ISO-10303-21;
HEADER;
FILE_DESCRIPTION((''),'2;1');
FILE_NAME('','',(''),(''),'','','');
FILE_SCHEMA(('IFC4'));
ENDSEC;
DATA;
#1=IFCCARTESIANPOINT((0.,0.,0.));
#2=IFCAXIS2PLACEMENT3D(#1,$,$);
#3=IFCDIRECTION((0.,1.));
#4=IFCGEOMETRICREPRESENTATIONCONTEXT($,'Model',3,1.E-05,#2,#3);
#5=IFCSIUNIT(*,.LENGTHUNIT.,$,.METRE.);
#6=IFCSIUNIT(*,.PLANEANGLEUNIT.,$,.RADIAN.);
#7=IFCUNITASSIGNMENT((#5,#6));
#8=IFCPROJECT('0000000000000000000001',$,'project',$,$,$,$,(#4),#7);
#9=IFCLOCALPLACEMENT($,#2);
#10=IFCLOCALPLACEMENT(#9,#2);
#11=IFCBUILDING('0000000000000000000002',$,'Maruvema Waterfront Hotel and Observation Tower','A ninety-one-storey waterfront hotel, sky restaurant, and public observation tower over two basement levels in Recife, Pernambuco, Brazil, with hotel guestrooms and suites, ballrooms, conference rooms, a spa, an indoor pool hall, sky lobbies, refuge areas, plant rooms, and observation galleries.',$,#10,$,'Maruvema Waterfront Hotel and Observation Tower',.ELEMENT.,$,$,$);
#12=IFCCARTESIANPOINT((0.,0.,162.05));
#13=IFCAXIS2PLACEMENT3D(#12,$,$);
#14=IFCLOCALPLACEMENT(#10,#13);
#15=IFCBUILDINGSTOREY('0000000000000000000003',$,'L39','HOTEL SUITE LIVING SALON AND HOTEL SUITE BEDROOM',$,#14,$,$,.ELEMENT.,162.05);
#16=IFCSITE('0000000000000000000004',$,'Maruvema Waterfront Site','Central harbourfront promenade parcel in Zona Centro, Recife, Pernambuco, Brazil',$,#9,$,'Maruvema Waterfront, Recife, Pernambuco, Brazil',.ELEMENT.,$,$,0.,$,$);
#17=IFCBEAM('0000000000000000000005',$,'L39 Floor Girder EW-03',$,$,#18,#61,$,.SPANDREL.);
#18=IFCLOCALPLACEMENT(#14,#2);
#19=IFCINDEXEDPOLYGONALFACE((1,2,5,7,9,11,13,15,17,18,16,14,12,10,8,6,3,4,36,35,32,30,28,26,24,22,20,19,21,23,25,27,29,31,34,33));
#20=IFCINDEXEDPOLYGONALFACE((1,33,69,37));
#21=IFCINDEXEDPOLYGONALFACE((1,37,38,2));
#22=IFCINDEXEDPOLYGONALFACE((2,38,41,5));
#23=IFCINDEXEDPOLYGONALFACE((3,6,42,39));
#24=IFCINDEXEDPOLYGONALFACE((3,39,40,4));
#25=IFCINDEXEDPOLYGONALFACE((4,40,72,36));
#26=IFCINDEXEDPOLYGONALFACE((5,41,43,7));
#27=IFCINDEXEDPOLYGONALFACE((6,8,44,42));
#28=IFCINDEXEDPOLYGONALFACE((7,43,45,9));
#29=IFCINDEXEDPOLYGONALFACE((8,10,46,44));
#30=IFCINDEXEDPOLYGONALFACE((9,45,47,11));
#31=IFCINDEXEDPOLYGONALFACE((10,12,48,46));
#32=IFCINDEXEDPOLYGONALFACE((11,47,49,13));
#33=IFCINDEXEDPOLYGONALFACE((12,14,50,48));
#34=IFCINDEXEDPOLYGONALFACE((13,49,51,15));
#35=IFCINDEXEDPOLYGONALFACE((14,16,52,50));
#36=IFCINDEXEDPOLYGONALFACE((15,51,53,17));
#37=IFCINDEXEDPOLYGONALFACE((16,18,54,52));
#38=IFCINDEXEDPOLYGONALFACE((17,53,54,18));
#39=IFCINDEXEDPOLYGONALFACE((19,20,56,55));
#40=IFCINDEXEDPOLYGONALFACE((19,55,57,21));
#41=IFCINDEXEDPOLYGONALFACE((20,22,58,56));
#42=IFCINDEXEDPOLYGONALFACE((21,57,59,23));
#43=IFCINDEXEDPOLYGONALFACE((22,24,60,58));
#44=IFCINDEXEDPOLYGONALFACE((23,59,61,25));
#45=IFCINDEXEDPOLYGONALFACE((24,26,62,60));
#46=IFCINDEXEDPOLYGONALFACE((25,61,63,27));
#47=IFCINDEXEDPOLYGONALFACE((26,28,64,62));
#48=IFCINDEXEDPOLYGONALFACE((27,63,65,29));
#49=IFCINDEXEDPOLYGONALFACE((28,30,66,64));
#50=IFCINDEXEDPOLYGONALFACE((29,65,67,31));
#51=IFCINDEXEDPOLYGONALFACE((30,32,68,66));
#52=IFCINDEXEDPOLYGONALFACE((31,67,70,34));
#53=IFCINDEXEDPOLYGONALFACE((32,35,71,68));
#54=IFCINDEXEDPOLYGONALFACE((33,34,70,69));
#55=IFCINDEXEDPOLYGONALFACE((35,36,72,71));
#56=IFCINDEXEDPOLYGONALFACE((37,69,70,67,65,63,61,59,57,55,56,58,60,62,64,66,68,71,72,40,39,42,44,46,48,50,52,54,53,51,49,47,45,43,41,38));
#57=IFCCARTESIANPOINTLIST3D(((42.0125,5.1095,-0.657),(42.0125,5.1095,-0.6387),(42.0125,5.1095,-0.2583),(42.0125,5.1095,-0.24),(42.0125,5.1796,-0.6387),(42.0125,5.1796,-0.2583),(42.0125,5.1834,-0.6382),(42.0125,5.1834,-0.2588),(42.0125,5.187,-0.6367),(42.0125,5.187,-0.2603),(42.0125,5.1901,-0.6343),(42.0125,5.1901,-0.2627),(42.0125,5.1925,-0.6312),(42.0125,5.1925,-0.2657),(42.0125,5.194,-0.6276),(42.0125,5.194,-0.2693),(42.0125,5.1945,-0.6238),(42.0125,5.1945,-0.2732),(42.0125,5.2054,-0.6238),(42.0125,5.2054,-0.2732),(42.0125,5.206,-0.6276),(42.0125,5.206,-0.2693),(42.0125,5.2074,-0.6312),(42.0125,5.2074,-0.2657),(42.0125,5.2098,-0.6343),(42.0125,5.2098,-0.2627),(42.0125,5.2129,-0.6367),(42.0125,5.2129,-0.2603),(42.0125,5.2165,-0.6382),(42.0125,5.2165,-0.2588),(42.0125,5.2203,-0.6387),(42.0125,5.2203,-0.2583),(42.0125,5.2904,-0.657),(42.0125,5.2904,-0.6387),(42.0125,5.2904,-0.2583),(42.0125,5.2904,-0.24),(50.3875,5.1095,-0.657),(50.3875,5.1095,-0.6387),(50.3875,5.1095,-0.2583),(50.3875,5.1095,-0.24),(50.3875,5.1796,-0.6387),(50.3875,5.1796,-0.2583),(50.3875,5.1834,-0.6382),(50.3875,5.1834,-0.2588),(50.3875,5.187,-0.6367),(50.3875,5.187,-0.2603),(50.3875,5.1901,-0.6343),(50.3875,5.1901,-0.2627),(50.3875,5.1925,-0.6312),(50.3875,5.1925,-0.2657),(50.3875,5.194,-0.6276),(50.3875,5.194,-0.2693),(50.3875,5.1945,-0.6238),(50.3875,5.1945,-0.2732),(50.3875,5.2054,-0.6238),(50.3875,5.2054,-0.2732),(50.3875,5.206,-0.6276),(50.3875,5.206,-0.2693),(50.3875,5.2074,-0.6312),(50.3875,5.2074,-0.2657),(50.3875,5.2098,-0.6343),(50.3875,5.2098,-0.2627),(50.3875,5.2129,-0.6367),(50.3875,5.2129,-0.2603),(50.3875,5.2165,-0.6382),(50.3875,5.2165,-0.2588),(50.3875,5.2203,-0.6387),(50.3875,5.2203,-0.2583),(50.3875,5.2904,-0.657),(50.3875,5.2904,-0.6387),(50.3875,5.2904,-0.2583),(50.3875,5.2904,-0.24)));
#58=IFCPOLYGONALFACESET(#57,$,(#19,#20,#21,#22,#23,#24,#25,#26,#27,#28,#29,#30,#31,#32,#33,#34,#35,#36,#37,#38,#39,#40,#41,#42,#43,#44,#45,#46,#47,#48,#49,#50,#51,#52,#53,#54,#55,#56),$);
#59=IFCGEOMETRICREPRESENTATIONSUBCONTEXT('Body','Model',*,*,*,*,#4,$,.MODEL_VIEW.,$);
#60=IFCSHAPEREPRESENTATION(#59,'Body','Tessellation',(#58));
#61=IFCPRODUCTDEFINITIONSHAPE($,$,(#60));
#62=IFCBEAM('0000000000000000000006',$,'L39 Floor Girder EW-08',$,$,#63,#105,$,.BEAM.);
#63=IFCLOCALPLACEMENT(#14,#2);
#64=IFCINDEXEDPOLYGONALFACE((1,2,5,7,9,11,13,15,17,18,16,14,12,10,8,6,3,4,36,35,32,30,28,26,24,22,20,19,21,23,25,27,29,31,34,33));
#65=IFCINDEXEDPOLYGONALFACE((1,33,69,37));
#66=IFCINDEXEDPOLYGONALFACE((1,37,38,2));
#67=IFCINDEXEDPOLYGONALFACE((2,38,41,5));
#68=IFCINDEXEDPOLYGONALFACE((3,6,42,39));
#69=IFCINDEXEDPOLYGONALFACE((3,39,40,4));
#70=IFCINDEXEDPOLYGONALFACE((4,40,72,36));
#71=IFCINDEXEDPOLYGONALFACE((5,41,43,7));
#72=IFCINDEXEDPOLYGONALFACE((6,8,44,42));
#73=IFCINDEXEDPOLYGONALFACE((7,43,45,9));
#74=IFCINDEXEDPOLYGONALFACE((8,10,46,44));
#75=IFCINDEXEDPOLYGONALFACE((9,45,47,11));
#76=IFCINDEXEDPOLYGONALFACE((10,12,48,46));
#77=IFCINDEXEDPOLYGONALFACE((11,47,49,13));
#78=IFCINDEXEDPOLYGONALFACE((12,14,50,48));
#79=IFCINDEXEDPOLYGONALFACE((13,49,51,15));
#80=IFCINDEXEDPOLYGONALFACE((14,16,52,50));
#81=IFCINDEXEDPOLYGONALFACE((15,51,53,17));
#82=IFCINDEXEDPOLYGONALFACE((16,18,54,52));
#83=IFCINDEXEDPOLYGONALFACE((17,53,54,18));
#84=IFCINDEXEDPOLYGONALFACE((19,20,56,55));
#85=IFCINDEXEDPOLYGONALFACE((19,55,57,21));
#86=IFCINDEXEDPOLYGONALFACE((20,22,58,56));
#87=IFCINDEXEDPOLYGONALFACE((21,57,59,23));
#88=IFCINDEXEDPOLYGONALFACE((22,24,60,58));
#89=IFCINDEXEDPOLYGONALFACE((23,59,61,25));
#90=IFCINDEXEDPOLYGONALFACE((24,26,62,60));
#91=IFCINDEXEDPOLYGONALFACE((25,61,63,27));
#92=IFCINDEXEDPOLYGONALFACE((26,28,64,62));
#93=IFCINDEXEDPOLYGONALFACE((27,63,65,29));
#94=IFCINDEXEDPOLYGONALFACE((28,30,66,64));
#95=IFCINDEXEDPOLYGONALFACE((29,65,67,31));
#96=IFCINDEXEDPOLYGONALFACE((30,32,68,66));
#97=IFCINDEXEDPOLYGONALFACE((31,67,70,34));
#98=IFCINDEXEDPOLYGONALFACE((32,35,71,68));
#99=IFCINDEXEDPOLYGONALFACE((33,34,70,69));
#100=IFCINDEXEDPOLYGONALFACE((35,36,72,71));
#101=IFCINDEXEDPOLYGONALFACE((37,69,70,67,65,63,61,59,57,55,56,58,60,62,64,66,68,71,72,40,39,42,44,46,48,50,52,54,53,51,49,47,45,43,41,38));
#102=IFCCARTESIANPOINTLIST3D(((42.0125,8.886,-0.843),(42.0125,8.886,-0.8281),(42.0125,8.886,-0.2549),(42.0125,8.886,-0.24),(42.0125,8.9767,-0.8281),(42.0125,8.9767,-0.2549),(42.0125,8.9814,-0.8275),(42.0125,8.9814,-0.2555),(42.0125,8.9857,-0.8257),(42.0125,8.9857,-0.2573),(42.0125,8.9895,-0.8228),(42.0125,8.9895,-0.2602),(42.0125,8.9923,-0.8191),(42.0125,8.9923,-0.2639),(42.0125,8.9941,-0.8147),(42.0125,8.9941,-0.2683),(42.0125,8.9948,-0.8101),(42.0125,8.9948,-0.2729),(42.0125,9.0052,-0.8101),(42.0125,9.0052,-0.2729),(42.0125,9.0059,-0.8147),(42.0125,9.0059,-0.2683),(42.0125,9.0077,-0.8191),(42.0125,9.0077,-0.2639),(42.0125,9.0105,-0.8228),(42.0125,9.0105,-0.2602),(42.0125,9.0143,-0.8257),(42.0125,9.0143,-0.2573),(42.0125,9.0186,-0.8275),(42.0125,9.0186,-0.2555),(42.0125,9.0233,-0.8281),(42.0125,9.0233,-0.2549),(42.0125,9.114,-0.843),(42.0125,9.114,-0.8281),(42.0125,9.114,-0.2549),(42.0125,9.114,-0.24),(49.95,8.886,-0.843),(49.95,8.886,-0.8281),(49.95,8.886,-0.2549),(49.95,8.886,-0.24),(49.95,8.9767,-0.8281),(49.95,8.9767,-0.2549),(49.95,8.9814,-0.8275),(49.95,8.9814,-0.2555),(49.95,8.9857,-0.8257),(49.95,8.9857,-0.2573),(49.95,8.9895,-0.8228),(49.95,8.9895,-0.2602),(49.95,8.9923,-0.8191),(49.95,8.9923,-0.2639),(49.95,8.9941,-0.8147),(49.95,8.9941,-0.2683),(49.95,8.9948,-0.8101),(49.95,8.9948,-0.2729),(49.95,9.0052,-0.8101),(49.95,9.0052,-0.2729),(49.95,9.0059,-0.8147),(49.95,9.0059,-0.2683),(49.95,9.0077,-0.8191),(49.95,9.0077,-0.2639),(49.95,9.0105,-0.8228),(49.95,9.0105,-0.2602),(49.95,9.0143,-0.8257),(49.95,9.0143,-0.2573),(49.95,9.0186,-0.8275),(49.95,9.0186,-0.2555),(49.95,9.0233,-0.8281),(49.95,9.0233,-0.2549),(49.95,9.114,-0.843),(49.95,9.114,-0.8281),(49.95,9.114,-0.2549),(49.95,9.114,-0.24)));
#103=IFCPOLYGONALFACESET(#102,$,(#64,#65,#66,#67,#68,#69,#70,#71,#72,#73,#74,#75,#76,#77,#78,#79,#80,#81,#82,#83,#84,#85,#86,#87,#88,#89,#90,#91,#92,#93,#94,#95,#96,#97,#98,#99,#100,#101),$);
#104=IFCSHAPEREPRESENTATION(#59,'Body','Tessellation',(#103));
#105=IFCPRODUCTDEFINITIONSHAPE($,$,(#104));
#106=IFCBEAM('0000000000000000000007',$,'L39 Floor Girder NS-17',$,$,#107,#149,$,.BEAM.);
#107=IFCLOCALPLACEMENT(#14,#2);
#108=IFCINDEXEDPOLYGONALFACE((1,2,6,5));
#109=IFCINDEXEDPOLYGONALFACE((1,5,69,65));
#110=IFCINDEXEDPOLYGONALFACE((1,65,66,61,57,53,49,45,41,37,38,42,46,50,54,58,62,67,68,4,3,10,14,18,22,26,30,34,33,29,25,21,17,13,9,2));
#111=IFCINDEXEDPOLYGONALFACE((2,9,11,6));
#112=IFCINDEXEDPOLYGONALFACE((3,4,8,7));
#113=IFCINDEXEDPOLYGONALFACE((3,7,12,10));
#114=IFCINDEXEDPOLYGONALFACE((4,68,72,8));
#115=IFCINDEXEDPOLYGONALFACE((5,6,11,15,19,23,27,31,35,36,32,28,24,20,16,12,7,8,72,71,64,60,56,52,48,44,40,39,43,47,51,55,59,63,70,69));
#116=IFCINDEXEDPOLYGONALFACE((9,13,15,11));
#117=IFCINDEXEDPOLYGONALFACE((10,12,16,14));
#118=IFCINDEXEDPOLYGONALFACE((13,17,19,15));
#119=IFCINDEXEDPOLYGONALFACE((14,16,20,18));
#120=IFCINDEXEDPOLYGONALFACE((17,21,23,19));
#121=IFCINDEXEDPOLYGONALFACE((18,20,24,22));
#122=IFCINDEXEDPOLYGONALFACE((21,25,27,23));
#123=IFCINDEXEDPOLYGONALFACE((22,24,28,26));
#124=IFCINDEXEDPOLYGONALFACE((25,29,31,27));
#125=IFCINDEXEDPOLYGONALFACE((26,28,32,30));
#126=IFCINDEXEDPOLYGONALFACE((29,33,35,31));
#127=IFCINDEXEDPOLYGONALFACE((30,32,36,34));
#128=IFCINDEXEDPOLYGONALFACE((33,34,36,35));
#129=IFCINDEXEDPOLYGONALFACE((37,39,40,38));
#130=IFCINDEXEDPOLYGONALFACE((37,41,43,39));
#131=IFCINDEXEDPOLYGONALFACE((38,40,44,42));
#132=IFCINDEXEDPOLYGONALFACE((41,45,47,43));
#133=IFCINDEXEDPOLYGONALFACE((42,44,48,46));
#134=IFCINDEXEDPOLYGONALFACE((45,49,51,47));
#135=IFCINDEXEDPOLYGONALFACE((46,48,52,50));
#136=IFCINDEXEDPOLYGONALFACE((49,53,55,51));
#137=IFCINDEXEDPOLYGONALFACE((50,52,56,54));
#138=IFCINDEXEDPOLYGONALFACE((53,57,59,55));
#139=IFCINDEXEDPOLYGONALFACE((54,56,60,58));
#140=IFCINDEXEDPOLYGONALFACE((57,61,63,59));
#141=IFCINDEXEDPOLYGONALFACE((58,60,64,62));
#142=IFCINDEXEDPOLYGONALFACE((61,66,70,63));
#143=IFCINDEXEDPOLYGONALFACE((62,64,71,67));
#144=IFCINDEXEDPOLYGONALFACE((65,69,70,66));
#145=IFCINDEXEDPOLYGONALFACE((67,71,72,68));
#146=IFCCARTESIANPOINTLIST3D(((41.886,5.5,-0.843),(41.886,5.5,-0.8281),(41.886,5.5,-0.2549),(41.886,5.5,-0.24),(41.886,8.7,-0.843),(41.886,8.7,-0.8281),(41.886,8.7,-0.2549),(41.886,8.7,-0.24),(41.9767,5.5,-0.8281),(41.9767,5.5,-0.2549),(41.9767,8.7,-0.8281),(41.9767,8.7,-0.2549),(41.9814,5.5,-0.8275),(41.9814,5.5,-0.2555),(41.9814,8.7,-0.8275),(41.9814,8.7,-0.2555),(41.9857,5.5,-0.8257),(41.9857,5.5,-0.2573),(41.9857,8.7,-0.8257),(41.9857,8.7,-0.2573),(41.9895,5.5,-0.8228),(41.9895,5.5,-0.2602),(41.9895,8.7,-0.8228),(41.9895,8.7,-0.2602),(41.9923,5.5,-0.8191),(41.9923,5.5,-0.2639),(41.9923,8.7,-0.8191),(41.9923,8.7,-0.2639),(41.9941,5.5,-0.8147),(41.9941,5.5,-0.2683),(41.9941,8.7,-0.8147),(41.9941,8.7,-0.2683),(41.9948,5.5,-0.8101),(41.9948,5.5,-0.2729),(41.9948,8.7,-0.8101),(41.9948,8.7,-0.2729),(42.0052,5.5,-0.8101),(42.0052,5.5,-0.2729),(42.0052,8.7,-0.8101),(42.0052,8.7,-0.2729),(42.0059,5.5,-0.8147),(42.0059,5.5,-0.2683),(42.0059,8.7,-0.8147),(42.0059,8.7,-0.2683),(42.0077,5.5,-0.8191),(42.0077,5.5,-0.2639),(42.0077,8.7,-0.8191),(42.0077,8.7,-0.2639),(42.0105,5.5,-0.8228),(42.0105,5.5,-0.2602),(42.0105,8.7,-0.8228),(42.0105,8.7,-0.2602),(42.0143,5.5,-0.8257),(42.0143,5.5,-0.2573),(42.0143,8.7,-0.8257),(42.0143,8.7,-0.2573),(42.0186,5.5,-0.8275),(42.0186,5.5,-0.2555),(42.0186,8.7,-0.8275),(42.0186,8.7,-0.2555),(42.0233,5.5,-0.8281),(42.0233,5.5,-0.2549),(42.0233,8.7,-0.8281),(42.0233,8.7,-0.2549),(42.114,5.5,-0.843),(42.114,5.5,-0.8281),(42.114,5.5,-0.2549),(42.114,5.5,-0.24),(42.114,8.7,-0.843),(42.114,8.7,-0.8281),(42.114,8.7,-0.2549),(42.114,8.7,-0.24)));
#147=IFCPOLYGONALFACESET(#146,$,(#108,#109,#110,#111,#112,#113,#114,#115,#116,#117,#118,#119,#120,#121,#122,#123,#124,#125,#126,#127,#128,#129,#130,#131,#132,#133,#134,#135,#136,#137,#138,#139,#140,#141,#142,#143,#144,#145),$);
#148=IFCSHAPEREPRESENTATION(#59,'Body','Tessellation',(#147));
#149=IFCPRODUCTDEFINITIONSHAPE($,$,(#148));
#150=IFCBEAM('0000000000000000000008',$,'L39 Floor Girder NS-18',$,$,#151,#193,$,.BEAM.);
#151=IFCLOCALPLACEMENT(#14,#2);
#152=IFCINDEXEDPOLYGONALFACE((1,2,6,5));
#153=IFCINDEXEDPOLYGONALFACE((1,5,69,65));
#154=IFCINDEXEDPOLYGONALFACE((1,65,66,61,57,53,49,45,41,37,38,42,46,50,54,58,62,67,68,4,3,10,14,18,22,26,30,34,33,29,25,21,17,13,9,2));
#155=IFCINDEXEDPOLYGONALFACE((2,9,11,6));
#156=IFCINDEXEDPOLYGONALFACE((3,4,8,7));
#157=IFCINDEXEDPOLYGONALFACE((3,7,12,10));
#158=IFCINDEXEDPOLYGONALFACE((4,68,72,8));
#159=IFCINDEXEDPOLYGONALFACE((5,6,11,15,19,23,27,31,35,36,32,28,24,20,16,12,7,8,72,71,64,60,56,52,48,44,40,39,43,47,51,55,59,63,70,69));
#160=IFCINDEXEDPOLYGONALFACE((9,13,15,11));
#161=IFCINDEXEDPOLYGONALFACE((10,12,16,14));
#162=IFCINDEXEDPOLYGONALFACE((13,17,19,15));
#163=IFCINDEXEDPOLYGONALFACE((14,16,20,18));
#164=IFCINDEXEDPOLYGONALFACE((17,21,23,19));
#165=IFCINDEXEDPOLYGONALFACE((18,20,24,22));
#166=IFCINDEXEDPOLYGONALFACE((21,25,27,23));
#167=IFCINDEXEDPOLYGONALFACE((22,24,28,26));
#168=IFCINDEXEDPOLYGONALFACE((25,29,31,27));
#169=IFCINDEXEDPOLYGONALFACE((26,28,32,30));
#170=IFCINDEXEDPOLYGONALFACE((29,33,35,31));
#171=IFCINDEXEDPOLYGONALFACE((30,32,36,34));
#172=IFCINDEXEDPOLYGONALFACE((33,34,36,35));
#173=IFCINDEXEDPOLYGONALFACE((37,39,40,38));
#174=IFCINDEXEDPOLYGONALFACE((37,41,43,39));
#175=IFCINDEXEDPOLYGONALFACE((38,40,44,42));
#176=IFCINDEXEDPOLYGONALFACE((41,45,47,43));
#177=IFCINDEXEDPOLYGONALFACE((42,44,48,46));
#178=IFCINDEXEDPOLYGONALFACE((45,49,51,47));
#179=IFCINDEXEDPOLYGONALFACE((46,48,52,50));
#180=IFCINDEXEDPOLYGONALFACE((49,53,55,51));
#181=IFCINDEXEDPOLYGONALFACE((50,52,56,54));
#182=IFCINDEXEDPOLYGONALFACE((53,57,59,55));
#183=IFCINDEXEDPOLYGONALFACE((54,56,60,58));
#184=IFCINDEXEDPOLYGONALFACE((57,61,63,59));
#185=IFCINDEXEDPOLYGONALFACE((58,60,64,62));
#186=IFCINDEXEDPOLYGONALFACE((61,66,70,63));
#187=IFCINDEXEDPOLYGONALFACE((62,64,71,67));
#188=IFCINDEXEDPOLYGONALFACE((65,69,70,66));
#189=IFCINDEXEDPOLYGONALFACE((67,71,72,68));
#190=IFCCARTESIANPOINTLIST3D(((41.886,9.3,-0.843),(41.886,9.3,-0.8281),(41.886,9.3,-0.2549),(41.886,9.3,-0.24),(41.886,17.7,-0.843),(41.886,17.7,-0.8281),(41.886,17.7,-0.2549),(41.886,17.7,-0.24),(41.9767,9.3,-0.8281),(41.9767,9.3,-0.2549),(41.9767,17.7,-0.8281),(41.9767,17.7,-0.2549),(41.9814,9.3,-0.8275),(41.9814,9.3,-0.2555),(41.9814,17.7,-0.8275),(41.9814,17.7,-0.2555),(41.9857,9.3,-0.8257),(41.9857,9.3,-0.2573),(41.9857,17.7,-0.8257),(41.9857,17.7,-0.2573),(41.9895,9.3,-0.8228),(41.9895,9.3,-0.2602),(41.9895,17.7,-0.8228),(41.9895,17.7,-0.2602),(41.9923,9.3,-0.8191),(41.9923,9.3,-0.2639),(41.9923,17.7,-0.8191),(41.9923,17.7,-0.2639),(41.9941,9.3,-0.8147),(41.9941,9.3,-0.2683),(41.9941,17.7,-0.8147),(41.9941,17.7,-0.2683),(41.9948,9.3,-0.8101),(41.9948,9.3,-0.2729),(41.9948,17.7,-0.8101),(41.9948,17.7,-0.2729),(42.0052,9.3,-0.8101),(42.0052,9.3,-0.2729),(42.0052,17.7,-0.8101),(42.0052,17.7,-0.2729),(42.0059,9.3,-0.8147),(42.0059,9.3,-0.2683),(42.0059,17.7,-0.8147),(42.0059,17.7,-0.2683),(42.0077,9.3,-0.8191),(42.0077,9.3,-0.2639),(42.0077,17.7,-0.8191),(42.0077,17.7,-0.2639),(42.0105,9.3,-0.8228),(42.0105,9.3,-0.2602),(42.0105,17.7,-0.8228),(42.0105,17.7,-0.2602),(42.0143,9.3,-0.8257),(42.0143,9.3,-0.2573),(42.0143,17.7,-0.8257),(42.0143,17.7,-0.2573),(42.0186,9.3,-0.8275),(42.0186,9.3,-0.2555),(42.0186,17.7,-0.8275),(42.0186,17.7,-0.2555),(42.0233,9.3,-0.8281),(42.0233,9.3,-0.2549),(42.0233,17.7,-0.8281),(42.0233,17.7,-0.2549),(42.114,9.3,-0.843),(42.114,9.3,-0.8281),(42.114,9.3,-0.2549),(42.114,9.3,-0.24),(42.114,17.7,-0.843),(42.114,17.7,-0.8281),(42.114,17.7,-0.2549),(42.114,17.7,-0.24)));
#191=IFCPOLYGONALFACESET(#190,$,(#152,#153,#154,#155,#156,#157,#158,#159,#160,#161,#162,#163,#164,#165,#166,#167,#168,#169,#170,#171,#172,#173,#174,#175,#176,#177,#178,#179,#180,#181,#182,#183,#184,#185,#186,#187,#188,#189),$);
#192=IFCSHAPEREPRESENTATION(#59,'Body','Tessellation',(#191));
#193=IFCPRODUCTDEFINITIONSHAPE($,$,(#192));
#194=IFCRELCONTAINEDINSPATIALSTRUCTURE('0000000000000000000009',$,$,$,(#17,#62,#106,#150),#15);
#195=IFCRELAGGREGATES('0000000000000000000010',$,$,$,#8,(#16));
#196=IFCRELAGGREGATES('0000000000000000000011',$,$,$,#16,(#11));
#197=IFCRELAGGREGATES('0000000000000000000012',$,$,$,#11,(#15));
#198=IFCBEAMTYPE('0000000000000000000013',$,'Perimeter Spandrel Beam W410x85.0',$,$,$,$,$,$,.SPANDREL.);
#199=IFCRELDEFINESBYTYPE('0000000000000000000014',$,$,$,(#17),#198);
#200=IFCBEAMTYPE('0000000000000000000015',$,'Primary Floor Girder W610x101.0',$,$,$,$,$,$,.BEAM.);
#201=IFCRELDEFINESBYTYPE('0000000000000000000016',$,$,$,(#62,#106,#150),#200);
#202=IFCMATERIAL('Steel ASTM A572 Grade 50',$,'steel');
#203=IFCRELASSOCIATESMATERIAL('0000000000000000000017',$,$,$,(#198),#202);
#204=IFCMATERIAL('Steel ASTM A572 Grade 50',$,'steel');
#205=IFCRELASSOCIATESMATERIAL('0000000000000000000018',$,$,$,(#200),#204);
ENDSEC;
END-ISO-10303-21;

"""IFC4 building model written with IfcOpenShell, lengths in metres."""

from ifc_helpers import new_model, si_unit, direction, frame, origin, origin_2d, place, context, subcontext, project, spatial, i_section, extrude, material, material_profile, profile_set, type_object, element, save


model = new_model("IFC4")

# Units and contexts
model_context = context("Model", 3, precision=1e-05, world=origin(), true_north=direction((0.0, 1.0)))
body_context = subcontext(model_context, "Body", "Model", "MODEL_VIEW")
ifc_project = project(units=[si_unit("LENGTHUNIT", "METRE"), si_unit("PLANEANGLEUNIT", "RADIAN")], contexts=[model_context])

# Site, building, storey
site_placement = place(None, origin())
site = spatial("IfcSite", under=ifc_project, at=site_placement, Name="Maruvema Waterfront Site", Description="Central harbourfront promenade parcel in Zona Centro, Recife, Pernambuco, Brazil", LongName="Maruvema Waterfront, Recife, Pernambuco, Brazil", CompositionType="ELEMENT", RefElevation=0.0)
building_placement = place(site_placement, origin())
building = spatial("IfcBuilding", under=site, at=building_placement, Name="Maruvema Waterfront Hotel and Observation Tower", Description="A ninety-one-storey waterfront hotel, sky restaurant, and public observation tower over two basement levels in Recife, Pernambuco, Brazil, with hotel guestrooms and suites, ballrooms, conference rooms, a spa, an indoor pool hall, sky lobbies, refuge areas, plant rooms, and observation galleries.", LongName="Maruvema Waterfront Hotel and Observation Tower", CompositionType="ELEMENT")
storey_placement = place(building_placement, frame((0.0, 0.0, 162.05)))
storey = spatial("IfcBuildingStorey", under=building, at=storey_placement, Name="L39", Description="HOTEL SUITE LIVING SALON AND HOTEL SUITE BEDROOM", CompositionType="ELEMENT", Elevation=162.05)

# Beams
ifc_material_1 = material(Name="Steel ASTM A572 Grade 50", Category="steel")
ifc_material_profile_1 = material_profile(ifc_material_1, i_section(OverallWidth=0.1809, OverallDepth=0.417, WebThickness=0.011, FlangeThickness=0.0183, FilletRadius=0.0149, at=origin_2d()), Name="W410x85.0")
ifc_profile_set_1 = profile_set([ifc_material_profile_1], Name="Steel ASTM A572 Grade 50")
beam_type_1 = type_object("IfcBeamType", Name="Perimeter Spandrel Beam W410x85.0", PredefinedType="SPANDREL", material=ifc_profile_set_1)
beam_1_placement = place(storey_placement, frame((42.0125, 5.2, -0.4485), z_axis=(1.0, 0.0, 0.0), x_axis=(0.0, 1.0, 0.0)))
element("IfcBeam", 1, at=beam_1_placement, inside=storey, type_object=beam_type_1, Name="L39 Floor Girder EW-03", PredefinedType="SPANDREL", context=body_context, shape_type="SweptSolid", body=[
    extrude(i_section(OverallWidth=0.1809, OverallDepth=0.417, WebThickness=0.011, FlangeThickness=0.0183, FilletRadius=0.0149, at=origin_2d()), origin(), (0.0, 0.0, 1.0), 8.375),
])
ifc_material_2 = material(Name="Steel ASTM A572 Grade 50", Category="steel")
ifc_material_profile_2 = material_profile(ifc_material_2, i_section(OverallWidth=0.228, OverallDepth=0.603, WebThickness=0.0105, FlangeThickness=0.0149, FilletRadius=0.0181, at=origin_2d()), Name="W610x101.0")
ifc_profile_set_2 = profile_set([ifc_material_profile_2], Name="Steel ASTM A572 Grade 50")
beam_type_2 = type_object("IfcBeamType", Name="Primary Floor Girder W610x101.0", PredefinedType="BEAM", material=ifc_profile_set_2)
beam_2_placement = place(storey_placement, frame((42.0125, 9.0, -0.5415), z_axis=(1.0, 0.0, 0.0), x_axis=(0.0, 1.0, 0.0)))
element("IfcBeam", 2, at=beam_2_placement, inside=storey, type_object=beam_type_2, Name="L39 Floor Girder EW-08", PredefinedType="BEAM", context=body_context, shape_type="SweptSolid", body=[
    extrude(i_section(OverallWidth=0.228, OverallDepth=0.603, WebThickness=0.0105, FlangeThickness=0.0149, FilletRadius=0.0181, at=origin_2d()), origin(), (0.0, 0.0, 1.0), 7.9375),
])
beam_3_placement = place(storey_placement, frame((42.0, 5.5, -0.5415), z_axis=(0.0, 1.0, 0.0), x_axis=(-1.0, 0.0, 0.0)))
element("IfcBeam", 3, at=beam_3_placement, inside=storey, type_object=beam_type_2, Name="L39 Floor Girder NS-17", PredefinedType="BEAM", context=body_context, shape_type="SweptSolid", body=[
    extrude(i_section(OverallWidth=0.228, OverallDepth=0.603, WebThickness=0.0105, FlangeThickness=0.0149, FilletRadius=0.0181, at=origin_2d()), origin(), (0.0, 0.0, 1.0), 3.2),
])
beam_4_placement = place(storey_placement, frame((42.0, 9.3, -0.5415), z_axis=(0.0, 1.0, 0.0), x_axis=(-1.0, 0.0, 0.0)))
element("IfcBeam", 4, at=beam_4_placement, inside=storey, type_object=beam_type_2, Name="L39 Floor Girder NS-18", PredefinedType="BEAM", context=body_context, shape_type="SweptSolid", body=[
    extrude(i_section(OverallWidth=0.228, OverallDepth=0.603, WebThickness=0.0105, FlangeThickness=0.0149, FilletRadius=0.0181, at=origin_2d()), origin(), (0.0, 0.0, 1.0), 8.3999),
])

save(model, "model.ifc")
